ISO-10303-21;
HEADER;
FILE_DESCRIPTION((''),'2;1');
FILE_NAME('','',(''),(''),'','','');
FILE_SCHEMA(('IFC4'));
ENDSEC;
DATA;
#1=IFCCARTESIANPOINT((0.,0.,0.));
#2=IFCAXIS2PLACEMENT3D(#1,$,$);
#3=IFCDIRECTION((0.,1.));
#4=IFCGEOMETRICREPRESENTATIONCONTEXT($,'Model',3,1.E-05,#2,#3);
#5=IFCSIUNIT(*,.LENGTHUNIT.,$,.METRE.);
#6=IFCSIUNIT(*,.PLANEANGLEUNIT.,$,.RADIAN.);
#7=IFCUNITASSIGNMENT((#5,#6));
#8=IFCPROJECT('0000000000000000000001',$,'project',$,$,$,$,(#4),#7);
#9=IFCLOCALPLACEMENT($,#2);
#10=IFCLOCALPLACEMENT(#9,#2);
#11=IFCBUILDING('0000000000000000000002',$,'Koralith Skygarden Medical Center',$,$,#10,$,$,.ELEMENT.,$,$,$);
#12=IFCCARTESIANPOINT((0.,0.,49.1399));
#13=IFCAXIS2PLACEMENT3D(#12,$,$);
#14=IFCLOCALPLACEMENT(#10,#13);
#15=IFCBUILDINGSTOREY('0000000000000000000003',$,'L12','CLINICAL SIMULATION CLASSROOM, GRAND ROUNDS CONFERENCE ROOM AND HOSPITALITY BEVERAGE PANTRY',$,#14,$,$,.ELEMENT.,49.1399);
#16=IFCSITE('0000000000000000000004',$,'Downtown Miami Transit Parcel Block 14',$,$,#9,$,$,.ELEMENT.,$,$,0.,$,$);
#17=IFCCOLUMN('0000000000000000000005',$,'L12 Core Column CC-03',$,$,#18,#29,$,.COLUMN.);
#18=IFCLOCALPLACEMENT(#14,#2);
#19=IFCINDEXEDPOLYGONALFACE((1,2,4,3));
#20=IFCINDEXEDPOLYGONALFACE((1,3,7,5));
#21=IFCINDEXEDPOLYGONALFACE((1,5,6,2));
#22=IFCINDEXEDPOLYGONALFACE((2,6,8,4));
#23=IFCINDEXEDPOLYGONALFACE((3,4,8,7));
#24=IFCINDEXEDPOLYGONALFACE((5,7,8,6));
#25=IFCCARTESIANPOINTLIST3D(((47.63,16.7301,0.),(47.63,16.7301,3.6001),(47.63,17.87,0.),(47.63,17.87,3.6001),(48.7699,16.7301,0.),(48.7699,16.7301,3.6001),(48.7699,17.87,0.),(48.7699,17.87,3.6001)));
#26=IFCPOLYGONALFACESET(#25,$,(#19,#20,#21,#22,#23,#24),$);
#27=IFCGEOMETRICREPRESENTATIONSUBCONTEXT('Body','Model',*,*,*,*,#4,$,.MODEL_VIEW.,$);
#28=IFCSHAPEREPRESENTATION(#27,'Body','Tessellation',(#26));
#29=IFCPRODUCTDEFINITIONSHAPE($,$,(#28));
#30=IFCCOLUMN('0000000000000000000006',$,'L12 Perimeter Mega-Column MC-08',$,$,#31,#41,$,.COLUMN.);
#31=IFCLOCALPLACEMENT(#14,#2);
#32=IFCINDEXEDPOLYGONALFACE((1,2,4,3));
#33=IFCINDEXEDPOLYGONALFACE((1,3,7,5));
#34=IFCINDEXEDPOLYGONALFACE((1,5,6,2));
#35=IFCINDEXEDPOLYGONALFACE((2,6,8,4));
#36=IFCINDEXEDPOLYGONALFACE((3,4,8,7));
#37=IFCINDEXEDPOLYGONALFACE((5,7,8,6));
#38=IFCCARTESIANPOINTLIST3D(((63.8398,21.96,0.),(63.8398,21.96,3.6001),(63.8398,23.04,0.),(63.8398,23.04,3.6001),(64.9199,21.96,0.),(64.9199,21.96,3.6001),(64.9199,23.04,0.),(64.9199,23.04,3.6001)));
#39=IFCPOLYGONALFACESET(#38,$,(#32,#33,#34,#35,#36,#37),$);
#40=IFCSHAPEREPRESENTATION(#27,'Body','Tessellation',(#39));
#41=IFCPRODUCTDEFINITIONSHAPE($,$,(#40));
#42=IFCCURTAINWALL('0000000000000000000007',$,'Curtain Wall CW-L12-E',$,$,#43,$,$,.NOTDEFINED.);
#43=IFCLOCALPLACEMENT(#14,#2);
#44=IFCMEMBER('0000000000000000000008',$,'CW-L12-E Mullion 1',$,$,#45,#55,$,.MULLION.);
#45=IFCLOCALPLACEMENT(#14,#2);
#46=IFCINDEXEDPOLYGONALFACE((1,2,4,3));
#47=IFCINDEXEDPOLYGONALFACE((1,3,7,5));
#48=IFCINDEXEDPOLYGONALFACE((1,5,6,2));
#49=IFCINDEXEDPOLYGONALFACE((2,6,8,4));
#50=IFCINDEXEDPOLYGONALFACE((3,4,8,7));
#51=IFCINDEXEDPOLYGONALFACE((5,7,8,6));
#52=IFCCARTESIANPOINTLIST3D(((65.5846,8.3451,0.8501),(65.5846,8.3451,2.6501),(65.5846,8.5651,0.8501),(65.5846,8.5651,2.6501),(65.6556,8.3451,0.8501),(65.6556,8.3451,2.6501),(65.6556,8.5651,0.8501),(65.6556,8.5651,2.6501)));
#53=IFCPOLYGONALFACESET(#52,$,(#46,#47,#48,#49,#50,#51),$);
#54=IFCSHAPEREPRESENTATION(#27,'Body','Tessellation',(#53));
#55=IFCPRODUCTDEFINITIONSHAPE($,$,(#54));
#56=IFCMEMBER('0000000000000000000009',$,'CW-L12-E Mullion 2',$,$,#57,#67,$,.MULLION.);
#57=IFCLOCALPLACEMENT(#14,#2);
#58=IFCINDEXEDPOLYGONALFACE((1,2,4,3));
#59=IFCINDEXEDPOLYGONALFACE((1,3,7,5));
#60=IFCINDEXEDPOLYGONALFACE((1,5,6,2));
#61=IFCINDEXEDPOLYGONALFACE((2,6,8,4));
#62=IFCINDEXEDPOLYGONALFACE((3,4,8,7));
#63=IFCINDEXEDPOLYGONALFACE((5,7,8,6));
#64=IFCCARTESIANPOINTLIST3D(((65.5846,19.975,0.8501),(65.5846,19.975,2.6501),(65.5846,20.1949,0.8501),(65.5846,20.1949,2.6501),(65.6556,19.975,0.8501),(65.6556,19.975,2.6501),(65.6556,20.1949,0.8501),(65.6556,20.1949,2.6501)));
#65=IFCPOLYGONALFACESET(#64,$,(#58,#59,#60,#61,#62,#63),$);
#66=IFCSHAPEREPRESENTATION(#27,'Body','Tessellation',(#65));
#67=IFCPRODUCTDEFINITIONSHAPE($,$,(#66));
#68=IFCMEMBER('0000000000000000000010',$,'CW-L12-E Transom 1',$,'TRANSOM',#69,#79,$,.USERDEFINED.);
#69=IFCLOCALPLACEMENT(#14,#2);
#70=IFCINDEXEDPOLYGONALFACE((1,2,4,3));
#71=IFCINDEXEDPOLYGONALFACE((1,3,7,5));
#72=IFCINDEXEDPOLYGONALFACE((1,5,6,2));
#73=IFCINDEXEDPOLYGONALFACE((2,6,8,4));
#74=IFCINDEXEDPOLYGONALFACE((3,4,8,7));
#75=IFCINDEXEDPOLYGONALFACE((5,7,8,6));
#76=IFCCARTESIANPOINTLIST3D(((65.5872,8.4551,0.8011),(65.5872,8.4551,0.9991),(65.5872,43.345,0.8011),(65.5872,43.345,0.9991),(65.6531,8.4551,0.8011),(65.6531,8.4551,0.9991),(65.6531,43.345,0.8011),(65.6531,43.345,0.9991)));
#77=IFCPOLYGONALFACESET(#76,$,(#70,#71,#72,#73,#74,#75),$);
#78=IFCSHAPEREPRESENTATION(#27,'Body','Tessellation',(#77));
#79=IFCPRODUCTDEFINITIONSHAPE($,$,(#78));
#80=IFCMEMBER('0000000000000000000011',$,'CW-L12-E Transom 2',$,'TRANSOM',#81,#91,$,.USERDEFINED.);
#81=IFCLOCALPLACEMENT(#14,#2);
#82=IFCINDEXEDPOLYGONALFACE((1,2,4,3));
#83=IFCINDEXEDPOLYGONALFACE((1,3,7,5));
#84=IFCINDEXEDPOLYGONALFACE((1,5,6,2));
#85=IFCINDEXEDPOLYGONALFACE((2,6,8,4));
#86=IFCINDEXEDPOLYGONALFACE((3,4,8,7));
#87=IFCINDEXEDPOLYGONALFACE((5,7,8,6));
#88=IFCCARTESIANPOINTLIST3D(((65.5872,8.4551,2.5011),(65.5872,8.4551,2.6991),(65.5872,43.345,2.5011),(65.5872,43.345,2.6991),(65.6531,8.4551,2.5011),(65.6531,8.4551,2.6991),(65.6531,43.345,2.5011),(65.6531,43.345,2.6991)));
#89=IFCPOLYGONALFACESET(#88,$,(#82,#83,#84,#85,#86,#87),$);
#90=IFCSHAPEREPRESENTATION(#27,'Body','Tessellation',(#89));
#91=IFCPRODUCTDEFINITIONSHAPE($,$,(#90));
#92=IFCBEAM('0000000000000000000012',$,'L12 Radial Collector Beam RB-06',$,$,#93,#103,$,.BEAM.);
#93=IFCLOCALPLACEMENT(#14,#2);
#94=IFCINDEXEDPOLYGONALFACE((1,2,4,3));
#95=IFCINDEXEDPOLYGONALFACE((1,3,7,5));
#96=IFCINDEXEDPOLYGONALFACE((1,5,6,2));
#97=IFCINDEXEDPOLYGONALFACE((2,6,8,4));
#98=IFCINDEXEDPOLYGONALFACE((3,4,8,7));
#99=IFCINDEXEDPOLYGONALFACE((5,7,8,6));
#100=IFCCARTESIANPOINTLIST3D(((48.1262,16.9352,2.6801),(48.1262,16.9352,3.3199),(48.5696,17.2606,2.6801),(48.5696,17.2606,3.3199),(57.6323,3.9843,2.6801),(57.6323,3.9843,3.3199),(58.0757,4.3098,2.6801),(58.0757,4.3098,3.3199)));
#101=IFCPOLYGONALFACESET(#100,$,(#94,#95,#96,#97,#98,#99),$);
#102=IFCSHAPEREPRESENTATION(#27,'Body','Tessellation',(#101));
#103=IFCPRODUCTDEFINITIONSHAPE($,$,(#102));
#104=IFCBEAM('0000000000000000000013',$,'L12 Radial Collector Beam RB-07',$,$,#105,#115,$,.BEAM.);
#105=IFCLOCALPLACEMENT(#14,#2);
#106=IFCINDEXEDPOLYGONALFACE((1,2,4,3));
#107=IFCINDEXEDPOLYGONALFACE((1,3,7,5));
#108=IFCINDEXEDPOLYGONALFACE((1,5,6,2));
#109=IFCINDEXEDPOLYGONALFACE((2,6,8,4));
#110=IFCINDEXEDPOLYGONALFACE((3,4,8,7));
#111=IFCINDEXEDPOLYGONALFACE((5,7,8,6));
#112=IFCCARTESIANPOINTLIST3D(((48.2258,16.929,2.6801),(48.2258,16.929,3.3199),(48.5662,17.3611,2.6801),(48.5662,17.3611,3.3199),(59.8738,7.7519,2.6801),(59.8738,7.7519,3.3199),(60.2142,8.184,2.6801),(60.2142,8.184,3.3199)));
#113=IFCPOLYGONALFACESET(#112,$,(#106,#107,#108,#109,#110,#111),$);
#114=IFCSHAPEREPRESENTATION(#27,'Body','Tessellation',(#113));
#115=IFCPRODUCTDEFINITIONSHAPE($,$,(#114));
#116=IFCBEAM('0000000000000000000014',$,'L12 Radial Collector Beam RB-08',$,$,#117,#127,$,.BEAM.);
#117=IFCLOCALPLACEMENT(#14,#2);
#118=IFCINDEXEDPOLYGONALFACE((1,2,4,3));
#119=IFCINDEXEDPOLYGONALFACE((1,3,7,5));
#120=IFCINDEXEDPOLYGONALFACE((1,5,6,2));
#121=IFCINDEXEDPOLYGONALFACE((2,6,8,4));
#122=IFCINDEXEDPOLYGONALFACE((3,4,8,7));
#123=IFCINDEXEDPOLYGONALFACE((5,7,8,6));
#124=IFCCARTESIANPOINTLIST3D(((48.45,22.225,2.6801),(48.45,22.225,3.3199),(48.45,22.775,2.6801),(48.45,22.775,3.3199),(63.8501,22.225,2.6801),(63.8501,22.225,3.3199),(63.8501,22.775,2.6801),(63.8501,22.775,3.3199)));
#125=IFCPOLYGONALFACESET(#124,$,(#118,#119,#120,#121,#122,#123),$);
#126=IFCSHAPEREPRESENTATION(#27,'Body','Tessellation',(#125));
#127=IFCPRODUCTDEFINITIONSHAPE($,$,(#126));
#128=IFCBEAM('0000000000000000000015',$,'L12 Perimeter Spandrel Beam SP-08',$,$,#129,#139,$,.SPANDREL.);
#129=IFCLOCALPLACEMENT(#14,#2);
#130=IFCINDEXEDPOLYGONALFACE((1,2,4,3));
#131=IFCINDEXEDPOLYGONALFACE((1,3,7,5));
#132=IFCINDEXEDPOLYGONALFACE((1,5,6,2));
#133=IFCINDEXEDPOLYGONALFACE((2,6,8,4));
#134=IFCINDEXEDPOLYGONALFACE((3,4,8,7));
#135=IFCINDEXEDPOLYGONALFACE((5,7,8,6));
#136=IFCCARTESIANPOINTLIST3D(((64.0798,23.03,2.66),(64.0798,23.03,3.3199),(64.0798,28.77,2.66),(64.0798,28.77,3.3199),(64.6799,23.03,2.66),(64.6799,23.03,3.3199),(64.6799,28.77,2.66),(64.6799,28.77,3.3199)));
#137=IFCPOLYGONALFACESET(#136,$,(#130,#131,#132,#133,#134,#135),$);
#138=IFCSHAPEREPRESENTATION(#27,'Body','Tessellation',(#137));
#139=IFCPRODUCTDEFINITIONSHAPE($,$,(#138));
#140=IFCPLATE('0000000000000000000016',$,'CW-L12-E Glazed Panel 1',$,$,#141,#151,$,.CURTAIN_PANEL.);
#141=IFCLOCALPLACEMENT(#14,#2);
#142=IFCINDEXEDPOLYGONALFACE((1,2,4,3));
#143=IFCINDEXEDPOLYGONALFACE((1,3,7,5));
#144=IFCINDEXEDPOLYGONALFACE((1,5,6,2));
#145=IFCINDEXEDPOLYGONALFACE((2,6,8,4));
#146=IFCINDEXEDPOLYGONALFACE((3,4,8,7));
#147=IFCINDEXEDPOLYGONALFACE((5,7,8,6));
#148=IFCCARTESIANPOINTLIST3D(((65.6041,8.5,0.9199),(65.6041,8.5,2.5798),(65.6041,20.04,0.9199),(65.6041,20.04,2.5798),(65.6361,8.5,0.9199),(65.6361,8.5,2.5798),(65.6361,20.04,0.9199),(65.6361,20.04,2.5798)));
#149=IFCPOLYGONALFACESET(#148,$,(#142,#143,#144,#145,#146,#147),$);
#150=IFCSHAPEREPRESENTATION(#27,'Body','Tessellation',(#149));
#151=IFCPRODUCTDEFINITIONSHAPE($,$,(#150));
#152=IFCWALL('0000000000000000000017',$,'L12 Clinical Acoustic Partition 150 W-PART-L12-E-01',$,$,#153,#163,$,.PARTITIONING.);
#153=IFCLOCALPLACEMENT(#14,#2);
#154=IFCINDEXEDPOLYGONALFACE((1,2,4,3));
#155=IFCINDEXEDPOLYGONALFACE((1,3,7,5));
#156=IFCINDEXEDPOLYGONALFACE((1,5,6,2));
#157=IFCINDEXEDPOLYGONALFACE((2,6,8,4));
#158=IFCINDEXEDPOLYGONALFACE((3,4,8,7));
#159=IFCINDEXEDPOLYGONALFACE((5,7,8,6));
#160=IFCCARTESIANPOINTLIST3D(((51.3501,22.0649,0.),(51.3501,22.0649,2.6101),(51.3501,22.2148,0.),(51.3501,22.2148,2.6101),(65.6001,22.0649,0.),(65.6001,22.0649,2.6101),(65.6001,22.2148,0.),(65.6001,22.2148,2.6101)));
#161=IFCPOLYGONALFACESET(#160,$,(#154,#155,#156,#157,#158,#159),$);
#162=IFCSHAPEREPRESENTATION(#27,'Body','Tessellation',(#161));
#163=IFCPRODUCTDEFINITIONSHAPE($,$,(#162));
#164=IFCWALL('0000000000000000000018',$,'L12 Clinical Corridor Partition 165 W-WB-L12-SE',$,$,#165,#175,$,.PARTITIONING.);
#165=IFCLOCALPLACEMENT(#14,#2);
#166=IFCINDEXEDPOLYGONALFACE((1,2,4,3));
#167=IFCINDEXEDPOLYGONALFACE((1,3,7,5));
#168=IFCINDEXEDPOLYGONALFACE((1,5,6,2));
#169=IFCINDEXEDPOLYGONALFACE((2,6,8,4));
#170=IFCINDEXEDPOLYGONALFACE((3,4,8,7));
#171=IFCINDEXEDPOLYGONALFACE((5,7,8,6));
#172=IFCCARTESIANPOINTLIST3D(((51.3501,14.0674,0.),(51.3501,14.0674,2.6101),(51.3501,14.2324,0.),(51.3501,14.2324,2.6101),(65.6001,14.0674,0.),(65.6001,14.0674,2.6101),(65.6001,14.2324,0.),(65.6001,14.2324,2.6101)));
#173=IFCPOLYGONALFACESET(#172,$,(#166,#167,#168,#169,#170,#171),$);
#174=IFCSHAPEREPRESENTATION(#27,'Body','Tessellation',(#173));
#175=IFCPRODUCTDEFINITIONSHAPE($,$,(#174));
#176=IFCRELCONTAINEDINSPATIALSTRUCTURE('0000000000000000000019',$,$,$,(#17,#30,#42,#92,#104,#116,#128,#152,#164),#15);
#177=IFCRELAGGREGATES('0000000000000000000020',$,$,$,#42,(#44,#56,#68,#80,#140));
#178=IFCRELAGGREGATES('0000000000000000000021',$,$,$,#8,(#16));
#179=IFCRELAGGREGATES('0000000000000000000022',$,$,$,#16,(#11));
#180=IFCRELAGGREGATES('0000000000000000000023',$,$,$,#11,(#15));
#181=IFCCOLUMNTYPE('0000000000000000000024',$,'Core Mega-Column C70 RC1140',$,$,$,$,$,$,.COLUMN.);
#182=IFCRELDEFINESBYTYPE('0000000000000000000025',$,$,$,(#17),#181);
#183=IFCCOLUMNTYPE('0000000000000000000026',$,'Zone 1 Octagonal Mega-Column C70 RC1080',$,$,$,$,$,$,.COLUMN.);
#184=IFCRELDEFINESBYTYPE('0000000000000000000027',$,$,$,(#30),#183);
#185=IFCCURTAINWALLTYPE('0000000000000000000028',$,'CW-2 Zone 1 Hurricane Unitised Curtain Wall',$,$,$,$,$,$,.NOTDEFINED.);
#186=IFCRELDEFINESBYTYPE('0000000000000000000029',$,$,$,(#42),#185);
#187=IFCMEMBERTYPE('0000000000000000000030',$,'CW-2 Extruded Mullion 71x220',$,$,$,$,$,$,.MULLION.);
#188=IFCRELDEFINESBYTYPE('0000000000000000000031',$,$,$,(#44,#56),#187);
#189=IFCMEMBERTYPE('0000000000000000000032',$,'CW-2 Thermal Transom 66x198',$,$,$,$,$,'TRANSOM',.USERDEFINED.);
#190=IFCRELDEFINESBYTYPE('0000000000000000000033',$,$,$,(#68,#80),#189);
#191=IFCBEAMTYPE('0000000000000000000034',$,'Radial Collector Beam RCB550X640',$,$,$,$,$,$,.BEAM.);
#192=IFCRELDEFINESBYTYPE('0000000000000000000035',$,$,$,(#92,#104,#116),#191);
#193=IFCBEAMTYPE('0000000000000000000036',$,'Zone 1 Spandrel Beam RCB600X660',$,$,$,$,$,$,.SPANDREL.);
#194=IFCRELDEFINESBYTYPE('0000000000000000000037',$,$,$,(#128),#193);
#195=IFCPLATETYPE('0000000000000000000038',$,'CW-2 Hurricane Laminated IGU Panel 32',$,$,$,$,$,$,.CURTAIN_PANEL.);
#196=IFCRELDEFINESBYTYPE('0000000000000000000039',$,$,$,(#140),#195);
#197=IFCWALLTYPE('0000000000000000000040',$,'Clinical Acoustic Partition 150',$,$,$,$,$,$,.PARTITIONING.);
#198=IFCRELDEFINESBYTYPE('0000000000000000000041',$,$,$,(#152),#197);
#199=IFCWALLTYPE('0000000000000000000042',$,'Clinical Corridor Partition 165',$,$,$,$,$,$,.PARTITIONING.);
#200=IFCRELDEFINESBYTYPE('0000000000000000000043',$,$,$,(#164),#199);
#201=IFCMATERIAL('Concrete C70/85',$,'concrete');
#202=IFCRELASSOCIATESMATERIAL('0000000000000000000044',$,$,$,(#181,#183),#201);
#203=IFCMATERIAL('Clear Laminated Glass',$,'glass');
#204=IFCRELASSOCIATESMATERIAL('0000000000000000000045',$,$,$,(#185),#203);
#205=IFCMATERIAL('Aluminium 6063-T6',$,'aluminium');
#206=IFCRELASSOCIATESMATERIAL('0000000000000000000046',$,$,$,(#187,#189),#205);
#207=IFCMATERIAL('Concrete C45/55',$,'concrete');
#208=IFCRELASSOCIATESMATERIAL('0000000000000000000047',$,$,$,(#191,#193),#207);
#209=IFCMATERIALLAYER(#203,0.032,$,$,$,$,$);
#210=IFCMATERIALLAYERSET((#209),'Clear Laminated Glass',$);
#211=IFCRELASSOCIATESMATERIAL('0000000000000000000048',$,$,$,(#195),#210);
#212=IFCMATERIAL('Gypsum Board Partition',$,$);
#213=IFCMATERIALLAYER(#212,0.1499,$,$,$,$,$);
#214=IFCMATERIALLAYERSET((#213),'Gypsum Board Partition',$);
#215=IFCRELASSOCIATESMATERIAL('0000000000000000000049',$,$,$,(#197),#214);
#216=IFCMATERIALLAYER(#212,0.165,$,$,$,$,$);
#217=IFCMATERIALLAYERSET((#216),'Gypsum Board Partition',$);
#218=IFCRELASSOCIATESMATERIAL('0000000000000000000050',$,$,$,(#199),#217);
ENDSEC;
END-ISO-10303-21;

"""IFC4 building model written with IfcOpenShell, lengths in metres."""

from ifc_helpers import new_model, si_unit, direction, frame, frame_2d, origin, origin_2d, place, context, subcontext, project, spatial, rectangle, extrude, material, layer, layer_set, material_profile, profile_set, type_object, element, aggregate, save


model = new_model("IFC4")

# Units and contexts
model_context = context("Model", 3, precision=1e-05, world=origin(), true_north=direction((0.0, 1.0)))
body_context = subcontext(model_context, "Body", "Model", "MODEL_VIEW")
ifc_project = project(units=[si_unit("LENGTHUNIT", "METRE"), si_unit("PLANEANGLEUNIT", "RADIAN")], contexts=[model_context])

# Site, building, storey
site_placement = place(None, origin())
site = spatial("IfcSite", under=ifc_project, at=site_placement, Name="Downtown Miami Transit Parcel Block 14", CompositionType="ELEMENT", RefElevation=0.0)
building_placement = place(site_placement, origin())
building = spatial("IfcBuilding", under=site, at=building_placement, Name="Koralith Skygarden Medical Center", CompositionType="ELEMENT")
storey_placement = place(building_placement, frame((0.0, 0.0, 49.1399)))
storey = spatial("IfcBuildingStorey", under=building, at=storey_placement, Name="L12", Description="CLINICAL SIMULATION CLASSROOM, GRAND ROUNDS CONFERENCE ROOM AND HOSPITALITY BEVERAGE PANTRY", CompositionType="ELEMENT", Elevation=49.1399)

# Columns
ifc_material_1 = material(Name="Concrete C70/85", Category="concrete")
ifc_material_profile_1 = material_profile(ifc_material_1, rectangle(XDim=1.1399, YDim=1.1399, at=origin_2d()), Name="RC1140X1140")
ifc_profile_set_1 = profile_set([ifc_material_profile_1], Name="Concrete C70/85")
column_type_1 = type_object("IfcColumnType", Name="Core Mega-Column C70 RC1140", PredefinedType="COLUMN", material=ifc_profile_set_1)
column_1_placement = place(storey_placement, frame((48.2, 17.3, 0.0), z_axis=(0.0, 0.0, 1.0), x_axis=(1.0, 0.0, 0.0)))
element("IfcColumn", 1, at=column_1_placement, inside=storey, type_object=column_type_1, Name="L12 Core Column CC-03", PredefinedType="COLUMN", context=body_context, shape_type="SweptSolid", body=[
    extrude(rectangle(XDim=1.1399, YDim=1.1399, at=origin_2d()), origin(), (0.0, 0.0, 1.0), 3.6001),
])
ifc_material_profile_2 = material_profile(ifc_material_1, rectangle(XDim=1.0801, YDim=1.0801, at=origin_2d()), Name="RC1080X1080")
ifc_profile_set_2 = profile_set([ifc_material_profile_2], Name="Concrete C70/85")
column_type_2 = type_object("IfcColumnType", Name="Zone 1 Octagonal Mega-Column C70 RC1080", PredefinedType="COLUMN", material=ifc_profile_set_2)
column_2_placement = place(storey_placement, frame((64.3799, 22.5, 0.0), z_axis=(0.0, 0.0, 1.0), x_axis=(1.0, 0.0, 0.0)))
element("IfcColumn", 2, at=column_2_placement, inside=storey, type_object=column_type_2, Name="L12 Perimeter Mega-Column MC-08", PredefinedType="COLUMN", context=body_context, shape_type="SweptSolid", body=[
    extrude(rectangle(XDim=1.0801, YDim=1.0801, at=origin_2d()), origin(), (0.0, 0.0, 1.0), 3.6001),
])

# Curtain wall, members
ifc_material_2 = material(Name="Clear Laminated Glass", Category="glass")
curtain_wall_type = type_object("IfcCurtainWallType", Name="CW-2 Zone 1 Hurricane Unitised Curtain Wall", PredefinedType="NOTDEFINED", material=ifc_material_2)
curtain_wall_placement = place(storey_placement, origin())
curtain_wall = element("IfcCurtainWall", 3, at=curtain_wall_placement, inside=storey, type_object=curtain_wall_type, Name="Curtain Wall CW-L12-E", PredefinedType="NOTDEFINED")
ifc_material_3 = material(Name="Aluminium 6063-T6", Category="aluminium")
ifc_material_profile_3 = material_profile(ifc_material_3, rectangle(XDim=0.071, YDim=0.22, at=origin_2d()), Name="MUL71X220")
ifc_profile_set_3 = profile_set([ifc_material_profile_3], Name="Aluminium 6063-T6")
member_type_1 = type_object("IfcMemberType", Name="CW-2 Extruded Mullion 71x220", PredefinedType="MULLION", material=ifc_profile_set_3)
member_1_placement = place(storey_placement, frame((65.6201, 8.4551, 0.8501), z_axis=(0.0, 0.0, 1.0), x_axis=(1.0, 0.0, 0.0)))
member_1 = element("IfcMember", 4, at=member_1_placement, type_object=member_type_1, Name="CW-L12-E Mullion 1", PredefinedType="MULLION", context=body_context, shape_type="SweptSolid", body=[
    extrude(rectangle(XDim=0.071, YDim=0.22, at=origin_2d()), origin(), (0.0, 0.0, 1.0), 1.8),
])
member_2_placement = place(storey_placement, frame((65.6201, 20.085, 0.8501), z_axis=(0.0, 0.0, 1.0), x_axis=(1.0, 0.0, 0.0)))
member_2 = element("IfcMember", 5, at=member_2_placement, type_object=member_type_1, Name="CW-L12-E Mullion 2", PredefinedType="MULLION", context=body_context, shape_type="SweptSolid", body=[
    extrude(rectangle(XDim=0.071, YDim=0.22, at=origin_2d()), origin(), (0.0, 0.0, 1.0), 1.8),
])
ifc_material_profile_4 = material_profile(ifc_material_3, rectangle(XDim=0.0659, YDim=0.198, at=origin_2d()), Name="TRN66X198")
ifc_profile_set_4 = profile_set([ifc_material_profile_4], Name="Aluminium 6063-T6")
member_type_2 = type_object("IfcMemberType", Name="CW-2 Thermal Transom 66x198", ElementType="TRANSOM", PredefinedType="USERDEFINED", material=ifc_profile_set_4)
member_3_placement = place(storey_placement, frame((65.6201, 8.4551, 0.9001), z_axis=(0.0, 1.0, 0.0), x_axis=(-1.0, 0.0, 0.0)))
member_3 = element("IfcMember", 6, at=member_3_placement, type_object=member_type_2, Name="CW-L12-E Transom 1", ObjectType="TRANSOM", PredefinedType="USERDEFINED", context=body_context, shape_type="SweptSolid", body=[
    extrude(rectangle(XDim=0.0659, YDim=0.198, at=origin_2d()), origin(), (0.0, 0.0, 1.0), 34.8899),
])
member_4_placement = place(storey_placement, frame((65.6201, 8.4551, 2.6001), z_axis=(0.0, 1.0, 0.0), x_axis=(-1.0, 0.0, 0.0)))
member_4 = element("IfcMember", 7, at=member_4_placement, type_object=member_type_2, Name="CW-L12-E Transom 2", ObjectType="TRANSOM", PredefinedType="USERDEFINED", context=body_context, shape_type="SweptSolid", body=[
    extrude(rectangle(XDim=0.0659, YDim=0.198, at=origin_2d()), origin(), (0.0, 0.0, 1.0), 34.8899),
])

# Beams
ifc_material_4 = material(Name="Concrete C45/55", Category="concrete")
ifc_material_profile_5 = material_profile(ifc_material_4, rectangle(XDim=0.55, YDim=0.6399, at=origin_2d()), Name="RCB550X640")
ifc_profile_set_5 = profile_set([ifc_material_profile_5], Name="Concrete C45/55")
beam_type_1 = type_object("IfcBeamType", Name="Radial Collector Beam RCB550X640", PredefinedType="BEAM", material=ifc_profile_set_5)
beam_1_placement = place(storey_placement, frame((48.3479, 17.0979, 3.0), z_axis=(0.591718, -0.806145, 0.0), x_axis=(0.806145, 0.591718, 0.0)))
element("IfcBeam", 8, at=beam_1_placement, inside=storey, type_object=beam_type_1, Name="L12 Radial Collector Beam RB-06", PredefinedType="BEAM", context=body_context, shape_type="SweptSolid", body=[
    extrude(rectangle(XDim=0.55, YDim=0.6399, at=origin_2d()), origin(), (0.0, 0.0, 1.0), 16.0652),
])
beam_2_placement = place(storey_placement, frame((48.396, 17.145, 3.0), z_axis=(0.785497, -0.618865, 0.0), x_axis=(0.618865, 0.785497, 0.0)))
element("IfcBeam", 9, at=beam_2_placement, inside=storey, type_object=beam_type_1, Name="L12 Radial Collector Beam RB-07", PredefinedType="BEAM", context=body_context, shape_type="SweptSolid", body=[
    extrude(rectangle(XDim=0.55, YDim=0.6399, at=origin_2d()), origin(), (0.0, 0.0, 1.0), 14.8289),
])
beam_3_placement = place(storey_placement, frame((48.45, 22.5, 3.0), z_axis=(1.0, 0.0, 0.0), x_axis=(0.0, 1.0, 0.0)))
element("IfcBeam", 10, at=beam_3_placement, inside=storey, type_object=beam_type_1, Name="L12 Radial Collector Beam RB-08", PredefinedType="BEAM", context=body_context, shape_type="SweptSolid", body=[
    extrude(rectangle(XDim=0.55, YDim=0.6399, at=origin_2d()), origin(), (0.0, 0.0, 1.0), 15.4001),
])
ifc_material_profile_6 = material_profile(ifc_material_4, rectangle(XDim=0.6001, YDim=0.6599, at=origin_2d()), Name="RCB600X660")
ifc_profile_set_6 = profile_set([ifc_material_profile_6], Name="Concrete C45/55")
beam_type_2 = type_object("IfcBeamType", Name="Zone 1 Spandrel Beam RCB600X660", PredefinedType="SPANDREL", material=ifc_profile_set_6)
beam_4_placement = place(storey_placement, frame((64.3799, 23.03, 2.99), z_axis=(0.0, 1.0, 0.0), x_axis=(-1.0, 0.0, 0.0)))
element("IfcBeam", 11, at=beam_4_placement, inside=storey, type_object=beam_type_2, Name="L12 Perimeter Spandrel Beam SP-08", PredefinedType="SPANDREL", context=body_context, shape_type="SweptSolid", body=[
    extrude(rectangle(XDim=0.6001, YDim=0.6599, at=origin_2d()), origin(), (0.0, 0.0, 1.0), 5.74),
])

# Plate
ifc_layer_1 = layer(ifc_material_2, 0.032)
ifc_layer_set_1 = layer_set([ifc_layer_1], Name="Clear Laminated Glass")
plate_type = type_object("IfcPlateType", Name="CW-2 Hurricane Laminated IGU Panel 32", PredefinedType="CURTAIN_PANEL", material=ifc_layer_set_1)
plate_placement = place(storey_placement, frame((65.6201, 14.27, 0.9199), z_axis=(0.0, 0.0, 1.0), x_axis=(0.0, 1.0, 0.0)))
plate = element("IfcPlate", 12, at=plate_placement, type_object=plate_type, Name="CW-L12-E Glazed Panel 1", PredefinedType="CURTAIN_PANEL", context=body_context, shape_type="SweptSolid", body=[
    extrude(rectangle(XDim=11.54, YDim=0.032, at=origin_2d()), origin(), (0.0, 0.0, 1.0), 1.6599),
])
aggregate(curtain_wall, [member_1, member_2, member_3, member_4, plate])

# Walls
ifc_material_5 = material(Name="Gypsum Board Partition")
ifc_layer_2 = layer(ifc_material_5, 0.1499)
ifc_layer_set_2 = layer_set([ifc_layer_2], Name="Gypsum Board Partition")
wall_type_1 = type_object("IfcWallType", Name="Clinical Acoustic Partition 150", PredefinedType="PARTITIONING", material=ifc_layer_set_2)
wall_1_placement = place(storey_placement, frame((51.3501, 22.1399, 0.0), z_axis=(0.0, 0.0, 1.0), x_axis=(1.0, 0.0, 0.0)))
element("IfcWall", 13, at=wall_1_placement, inside=storey, type_object=wall_type_1, Name="L12 Clinical Acoustic Partition 150 W-PART-L12-E-01", PredefinedType="PARTITIONING", context=body_context, shape_type="SweptSolid", body=[
    extrude(rectangle(XDim=14.25, YDim=0.1499, at=frame_2d((7.125, 0.0))), origin(), (0.0, 0.0, 1.0), 2.6101),
])
ifc_layer_3 = layer(ifc_material_5, 0.165)
ifc_layer_set_3 = layer_set([ifc_layer_3], Name="Gypsum Board Partition")
wall_type_2 = type_object("IfcWallType", Name="Clinical Corridor Partition 165", PredefinedType="PARTITIONING", material=ifc_layer_set_3)
wall_2_placement = place(storey_placement, frame((51.3501, 14.1499, 0.0), z_axis=(0.0, 0.0, 1.0), x_axis=(1.0, 0.0, 0.0)))
element("IfcWall", 14, at=wall_2_placement, inside=storey, type_object=wall_type_2, Name="L12 Clinical Corridor Partition 165 W-WB-L12-SE", PredefinedType="PARTITIONING", context=body_context, shape_type="SweptSolid", body=[
    extrude(rectangle(XDim=14.25, YDim=0.165, at=frame_2d((7.125, 0.0))), origin(), (0.0, 0.0, 1.0), 2.6101),
])

save(model, "model.ifc")
